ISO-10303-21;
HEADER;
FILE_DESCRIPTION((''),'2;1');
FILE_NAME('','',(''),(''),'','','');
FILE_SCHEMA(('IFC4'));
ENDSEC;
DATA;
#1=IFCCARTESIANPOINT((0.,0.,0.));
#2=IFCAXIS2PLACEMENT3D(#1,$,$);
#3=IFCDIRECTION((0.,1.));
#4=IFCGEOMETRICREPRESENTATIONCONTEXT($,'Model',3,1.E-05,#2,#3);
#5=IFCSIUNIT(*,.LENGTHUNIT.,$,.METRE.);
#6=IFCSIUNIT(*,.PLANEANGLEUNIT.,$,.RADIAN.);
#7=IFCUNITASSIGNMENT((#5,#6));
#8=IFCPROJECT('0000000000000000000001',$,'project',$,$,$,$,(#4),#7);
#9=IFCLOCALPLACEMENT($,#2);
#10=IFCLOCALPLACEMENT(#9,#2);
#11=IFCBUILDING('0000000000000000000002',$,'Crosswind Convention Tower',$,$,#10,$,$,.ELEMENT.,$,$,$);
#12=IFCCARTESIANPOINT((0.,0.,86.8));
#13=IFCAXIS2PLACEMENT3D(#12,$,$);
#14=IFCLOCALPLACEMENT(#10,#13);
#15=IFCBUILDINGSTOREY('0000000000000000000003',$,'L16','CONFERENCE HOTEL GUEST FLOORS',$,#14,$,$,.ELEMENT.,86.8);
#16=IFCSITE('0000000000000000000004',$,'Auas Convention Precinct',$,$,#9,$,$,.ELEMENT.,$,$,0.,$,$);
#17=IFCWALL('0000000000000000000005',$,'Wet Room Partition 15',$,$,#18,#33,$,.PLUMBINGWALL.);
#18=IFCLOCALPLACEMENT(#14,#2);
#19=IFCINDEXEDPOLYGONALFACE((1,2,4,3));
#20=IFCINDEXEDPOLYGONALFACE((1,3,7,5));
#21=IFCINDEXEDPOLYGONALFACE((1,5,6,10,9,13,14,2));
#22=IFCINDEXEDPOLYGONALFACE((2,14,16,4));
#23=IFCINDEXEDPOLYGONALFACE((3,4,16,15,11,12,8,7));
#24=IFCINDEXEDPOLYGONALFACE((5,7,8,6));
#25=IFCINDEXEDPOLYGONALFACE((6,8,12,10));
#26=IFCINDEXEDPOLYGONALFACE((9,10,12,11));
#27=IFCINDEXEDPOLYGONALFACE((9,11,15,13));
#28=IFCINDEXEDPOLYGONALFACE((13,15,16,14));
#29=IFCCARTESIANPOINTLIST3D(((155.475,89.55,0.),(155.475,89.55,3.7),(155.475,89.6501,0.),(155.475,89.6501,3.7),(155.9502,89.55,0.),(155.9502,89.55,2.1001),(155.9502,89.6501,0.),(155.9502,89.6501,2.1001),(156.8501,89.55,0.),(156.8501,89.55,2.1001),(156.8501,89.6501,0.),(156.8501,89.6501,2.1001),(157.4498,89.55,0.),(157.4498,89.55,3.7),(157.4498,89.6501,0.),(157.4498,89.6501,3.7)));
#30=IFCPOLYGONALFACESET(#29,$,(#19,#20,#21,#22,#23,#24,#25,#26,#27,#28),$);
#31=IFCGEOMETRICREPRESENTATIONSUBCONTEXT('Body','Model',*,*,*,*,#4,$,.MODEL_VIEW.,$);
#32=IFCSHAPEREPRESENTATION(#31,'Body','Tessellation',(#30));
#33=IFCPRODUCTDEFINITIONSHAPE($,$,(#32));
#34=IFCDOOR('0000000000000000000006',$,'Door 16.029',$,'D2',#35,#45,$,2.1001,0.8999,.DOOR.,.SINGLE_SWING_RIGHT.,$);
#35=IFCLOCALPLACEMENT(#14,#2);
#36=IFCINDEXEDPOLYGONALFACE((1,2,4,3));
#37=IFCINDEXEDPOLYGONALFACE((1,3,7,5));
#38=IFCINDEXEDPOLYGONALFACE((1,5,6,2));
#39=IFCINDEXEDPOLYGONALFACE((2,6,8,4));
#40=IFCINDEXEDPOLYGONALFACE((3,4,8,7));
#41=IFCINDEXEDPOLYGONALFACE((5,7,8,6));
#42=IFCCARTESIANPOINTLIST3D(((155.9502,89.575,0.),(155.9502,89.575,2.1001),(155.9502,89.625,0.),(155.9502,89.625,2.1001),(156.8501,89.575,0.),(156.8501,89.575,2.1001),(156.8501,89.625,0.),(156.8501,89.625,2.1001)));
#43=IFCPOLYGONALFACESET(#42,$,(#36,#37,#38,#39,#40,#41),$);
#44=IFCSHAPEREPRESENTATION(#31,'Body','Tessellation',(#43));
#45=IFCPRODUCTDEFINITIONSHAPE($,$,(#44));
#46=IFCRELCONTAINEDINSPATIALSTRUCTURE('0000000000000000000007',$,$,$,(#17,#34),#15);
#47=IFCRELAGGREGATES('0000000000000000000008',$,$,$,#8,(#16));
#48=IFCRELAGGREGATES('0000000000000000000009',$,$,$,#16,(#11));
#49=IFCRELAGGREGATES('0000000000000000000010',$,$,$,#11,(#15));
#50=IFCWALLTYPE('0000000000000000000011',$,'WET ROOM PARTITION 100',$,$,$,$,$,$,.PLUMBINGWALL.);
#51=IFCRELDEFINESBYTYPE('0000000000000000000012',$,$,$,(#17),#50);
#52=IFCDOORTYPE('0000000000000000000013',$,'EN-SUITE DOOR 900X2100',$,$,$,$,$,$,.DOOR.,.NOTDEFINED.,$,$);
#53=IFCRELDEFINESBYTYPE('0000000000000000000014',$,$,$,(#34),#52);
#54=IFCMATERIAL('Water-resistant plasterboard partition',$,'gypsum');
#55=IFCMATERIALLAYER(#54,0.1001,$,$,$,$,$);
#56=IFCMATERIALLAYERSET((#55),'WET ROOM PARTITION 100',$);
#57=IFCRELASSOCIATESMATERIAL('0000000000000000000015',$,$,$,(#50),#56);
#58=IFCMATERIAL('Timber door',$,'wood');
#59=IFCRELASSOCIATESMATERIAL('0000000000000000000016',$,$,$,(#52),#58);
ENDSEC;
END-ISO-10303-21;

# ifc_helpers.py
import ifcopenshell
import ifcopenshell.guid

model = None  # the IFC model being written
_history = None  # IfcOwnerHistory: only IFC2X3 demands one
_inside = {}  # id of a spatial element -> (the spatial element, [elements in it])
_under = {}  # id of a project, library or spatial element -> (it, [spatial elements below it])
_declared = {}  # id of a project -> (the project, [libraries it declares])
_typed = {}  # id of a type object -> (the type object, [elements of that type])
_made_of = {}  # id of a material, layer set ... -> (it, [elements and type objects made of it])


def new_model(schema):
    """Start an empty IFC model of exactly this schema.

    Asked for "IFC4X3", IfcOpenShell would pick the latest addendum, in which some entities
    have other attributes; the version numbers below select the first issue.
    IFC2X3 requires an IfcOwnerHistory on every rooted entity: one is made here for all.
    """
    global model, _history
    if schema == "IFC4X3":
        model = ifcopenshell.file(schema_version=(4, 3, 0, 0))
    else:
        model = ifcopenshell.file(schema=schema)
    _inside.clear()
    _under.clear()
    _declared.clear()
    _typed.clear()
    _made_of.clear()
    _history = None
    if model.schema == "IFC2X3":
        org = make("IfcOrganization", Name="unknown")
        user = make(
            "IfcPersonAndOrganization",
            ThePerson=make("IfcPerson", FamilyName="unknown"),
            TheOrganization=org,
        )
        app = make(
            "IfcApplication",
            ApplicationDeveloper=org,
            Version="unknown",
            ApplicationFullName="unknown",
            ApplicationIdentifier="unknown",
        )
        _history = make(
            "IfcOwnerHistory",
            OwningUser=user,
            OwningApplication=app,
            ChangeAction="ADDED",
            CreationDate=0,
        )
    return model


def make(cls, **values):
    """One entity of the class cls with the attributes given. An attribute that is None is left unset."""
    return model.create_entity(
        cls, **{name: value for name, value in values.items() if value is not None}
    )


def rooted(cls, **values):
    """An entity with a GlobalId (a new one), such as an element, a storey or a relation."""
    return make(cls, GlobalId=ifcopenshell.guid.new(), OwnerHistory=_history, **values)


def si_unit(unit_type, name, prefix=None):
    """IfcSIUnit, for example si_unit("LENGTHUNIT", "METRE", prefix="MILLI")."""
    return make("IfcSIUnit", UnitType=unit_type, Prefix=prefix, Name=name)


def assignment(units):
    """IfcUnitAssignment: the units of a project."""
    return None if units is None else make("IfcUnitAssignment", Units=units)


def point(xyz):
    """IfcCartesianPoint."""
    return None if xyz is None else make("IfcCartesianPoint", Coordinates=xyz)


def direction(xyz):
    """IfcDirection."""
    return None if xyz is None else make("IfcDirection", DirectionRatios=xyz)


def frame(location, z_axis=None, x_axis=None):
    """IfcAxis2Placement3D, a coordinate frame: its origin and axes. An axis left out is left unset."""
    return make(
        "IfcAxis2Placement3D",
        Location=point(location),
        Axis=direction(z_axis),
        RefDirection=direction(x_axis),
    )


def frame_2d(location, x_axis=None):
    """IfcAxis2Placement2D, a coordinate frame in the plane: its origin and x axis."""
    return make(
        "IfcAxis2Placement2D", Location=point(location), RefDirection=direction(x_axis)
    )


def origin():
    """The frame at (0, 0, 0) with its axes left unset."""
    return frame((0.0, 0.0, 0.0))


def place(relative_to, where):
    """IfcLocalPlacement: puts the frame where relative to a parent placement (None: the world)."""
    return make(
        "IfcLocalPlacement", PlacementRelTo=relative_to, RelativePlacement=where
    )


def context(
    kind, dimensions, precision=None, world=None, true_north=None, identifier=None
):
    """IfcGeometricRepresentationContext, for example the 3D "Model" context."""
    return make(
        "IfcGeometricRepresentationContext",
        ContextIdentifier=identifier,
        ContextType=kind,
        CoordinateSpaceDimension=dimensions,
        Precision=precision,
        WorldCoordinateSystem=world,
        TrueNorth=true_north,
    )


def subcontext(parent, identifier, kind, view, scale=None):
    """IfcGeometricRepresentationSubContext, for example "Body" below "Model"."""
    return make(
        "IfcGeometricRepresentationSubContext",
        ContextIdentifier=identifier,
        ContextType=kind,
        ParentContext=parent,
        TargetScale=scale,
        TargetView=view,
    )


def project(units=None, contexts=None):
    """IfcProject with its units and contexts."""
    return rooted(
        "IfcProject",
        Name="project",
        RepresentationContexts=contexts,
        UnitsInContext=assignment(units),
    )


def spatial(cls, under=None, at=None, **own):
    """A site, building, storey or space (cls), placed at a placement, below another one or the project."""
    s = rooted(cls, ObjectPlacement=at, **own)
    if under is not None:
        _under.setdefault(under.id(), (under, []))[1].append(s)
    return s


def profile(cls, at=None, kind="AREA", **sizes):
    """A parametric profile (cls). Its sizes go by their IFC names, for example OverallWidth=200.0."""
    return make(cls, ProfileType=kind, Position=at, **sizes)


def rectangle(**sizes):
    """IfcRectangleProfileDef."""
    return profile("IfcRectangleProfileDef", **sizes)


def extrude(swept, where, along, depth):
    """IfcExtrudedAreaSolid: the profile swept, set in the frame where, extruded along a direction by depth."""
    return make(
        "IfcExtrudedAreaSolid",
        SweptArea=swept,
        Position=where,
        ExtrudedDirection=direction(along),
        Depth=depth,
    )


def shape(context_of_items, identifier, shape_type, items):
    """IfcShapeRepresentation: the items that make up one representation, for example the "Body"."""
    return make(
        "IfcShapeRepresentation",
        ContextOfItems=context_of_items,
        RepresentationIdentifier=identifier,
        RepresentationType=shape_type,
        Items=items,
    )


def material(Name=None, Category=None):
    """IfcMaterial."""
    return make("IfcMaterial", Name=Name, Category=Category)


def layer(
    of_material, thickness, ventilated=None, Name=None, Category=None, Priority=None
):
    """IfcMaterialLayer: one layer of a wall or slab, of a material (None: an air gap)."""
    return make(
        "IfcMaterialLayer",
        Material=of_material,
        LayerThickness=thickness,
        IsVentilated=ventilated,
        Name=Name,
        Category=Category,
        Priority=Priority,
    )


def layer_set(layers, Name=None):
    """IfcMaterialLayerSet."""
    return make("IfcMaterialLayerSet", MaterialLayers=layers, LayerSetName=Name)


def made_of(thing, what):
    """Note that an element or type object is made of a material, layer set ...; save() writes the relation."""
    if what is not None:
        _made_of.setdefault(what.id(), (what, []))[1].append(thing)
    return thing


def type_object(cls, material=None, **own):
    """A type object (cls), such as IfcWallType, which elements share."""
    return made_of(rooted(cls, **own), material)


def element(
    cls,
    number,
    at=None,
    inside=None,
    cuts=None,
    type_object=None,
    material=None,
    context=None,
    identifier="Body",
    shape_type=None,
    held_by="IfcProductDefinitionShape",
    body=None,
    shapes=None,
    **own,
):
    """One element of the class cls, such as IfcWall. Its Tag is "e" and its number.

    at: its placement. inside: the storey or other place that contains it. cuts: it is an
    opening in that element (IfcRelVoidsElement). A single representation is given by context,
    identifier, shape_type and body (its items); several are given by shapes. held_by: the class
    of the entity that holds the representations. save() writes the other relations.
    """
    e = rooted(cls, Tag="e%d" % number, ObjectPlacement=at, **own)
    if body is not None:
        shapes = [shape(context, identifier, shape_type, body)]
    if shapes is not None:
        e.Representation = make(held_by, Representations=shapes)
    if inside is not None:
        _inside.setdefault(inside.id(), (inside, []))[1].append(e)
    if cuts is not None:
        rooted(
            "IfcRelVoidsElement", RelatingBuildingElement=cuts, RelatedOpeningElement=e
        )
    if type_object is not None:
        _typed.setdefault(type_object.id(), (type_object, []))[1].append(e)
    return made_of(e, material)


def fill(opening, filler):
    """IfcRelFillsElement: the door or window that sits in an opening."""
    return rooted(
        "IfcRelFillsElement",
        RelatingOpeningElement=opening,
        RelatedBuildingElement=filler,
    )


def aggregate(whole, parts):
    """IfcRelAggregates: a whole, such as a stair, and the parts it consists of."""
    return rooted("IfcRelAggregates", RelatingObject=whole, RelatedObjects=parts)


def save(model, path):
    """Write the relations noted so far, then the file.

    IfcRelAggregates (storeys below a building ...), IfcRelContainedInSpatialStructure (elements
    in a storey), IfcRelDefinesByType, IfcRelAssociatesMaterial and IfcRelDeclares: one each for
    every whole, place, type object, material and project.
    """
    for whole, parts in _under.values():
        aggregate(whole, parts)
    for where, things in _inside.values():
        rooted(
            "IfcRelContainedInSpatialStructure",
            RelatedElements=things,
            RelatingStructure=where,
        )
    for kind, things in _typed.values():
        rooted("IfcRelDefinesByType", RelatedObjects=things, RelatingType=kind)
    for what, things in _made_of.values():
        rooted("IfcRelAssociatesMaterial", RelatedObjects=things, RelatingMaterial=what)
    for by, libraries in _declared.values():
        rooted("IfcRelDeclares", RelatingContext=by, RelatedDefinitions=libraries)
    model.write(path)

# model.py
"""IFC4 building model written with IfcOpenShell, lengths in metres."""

from ifc_helpers import new_model, si_unit, direction, frame, frame_2d, origin, place, context, subcontext, project, spatial, rectangle, extrude, material, layer, layer_set, type_object, element, fill, save


model = new_model("IFC4")

# Units and contexts
model_context = context("Model", 3, precision=1e-05, world=origin(), true_north=direction((0.0, 1.0)))
body_context = subcontext(model_context, "Body", "Model", "MODEL_VIEW")
ifc_project = project(units=[si_unit("LENGTHUNIT", "METRE"), si_unit("PLANEANGLEUNIT", "RADIAN")], contexts=[model_context])

# Site, building, storey
site_placement = place(None, origin())
site = spatial("IfcSite", under=ifc_project, at=site_placement, Name="Auas Convention Precinct", CompositionType="ELEMENT", RefElevation=0.0)
building_placement = place(site_placement, origin())
building = spatial("IfcBuilding", under=site, at=building_placement, Name="Crosswind Convention Tower", CompositionType="ELEMENT")
storey_placement = place(building_placement, frame((0.0, 0.0, 86.8)))
storey = spatial("IfcBuildingStorey", under=building, at=storey_placement, Name="L16", Description="CONFERENCE HOTEL GUEST FLOORS", CompositionType="ELEMENT", Elevation=86.8)

# Wall, opening, door
ifc_material_1 = material(Name="Water-resistant plasterboard partition", Category="gypsum")
ifc_layer_1 = layer(ifc_material_1, 0.1001)
ifc_layer_set_1 = layer_set([ifc_layer_1], Name="WET ROOM PARTITION 100")
wall_type_1 = type_object("IfcWallType", Name="WET ROOM PARTITION 100", PredefinedType="PLUMBINGWALL", material=ifc_layer_set_1)
wall_1_placement = place(storey_placement, frame((155.4751, 89.6001, 0.0), z_axis=(0.0, 0.0, 1.0), x_axis=(1.0, 0.0, 0.0)))
wall_1 = element("IfcWall", 1, at=wall_1_placement, inside=storey, type_object=wall_type_1, Name="Wet Room Partition 15", PredefinedType="PLUMBINGWALL", context=body_context, shape_type="SweptSolid", body=[
    extrude(rectangle(XDim=1.9749, YDim=0.1001, at=frame_2d((0.9873, 0.0))), origin(), (0.0, 0.0, 1.0), 3.7),
])
opening_1_placement = place(wall_1_placement, frame((0.4751, 0.0, 0.0)))
opening_1 = element("IfcOpeningElement", 2, at=opening_1_placement, cuts=wall_1, PredefinedType="OPENING", context=body_context, shape_type="SweptSolid", body=[
    extrude(rectangle(XDim=0.8999, YDim=2.1001, at=frame_2d((0.45, 1.05))), frame((0.0, 0.0601, 0.0), z_axis=(0.0, -1.0, 0.0), x_axis=(1.0, 0.0, 0.0)), (0.0, 0.0, 1.0), 0.1201),
])
ifc_material_2 = material(Name="Timber door", Category="wood")
door_type_1 = type_object("IfcDoorType", Name="EN-SUITE DOOR 900X2100", OperationType="NOTDEFINED", PredefinedType="DOOR", material=ifc_material_2)
door_1_placement = place(opening_1_placement, origin())
door_1 = element("IfcDoor", 3, at=door_1_placement, inside=storey, type_object=door_type_1, Name="Door 16.029", ObjectType="D2", OperationType="SINGLE_SWING_RIGHT", OverallHeight=2.1001, OverallWidth=0.8999, PredefinedType="DOOR", context=body_context, shape_type="SweptSolid", body=[
    extrude(rectangle(XDim=0.8999, YDim=2.1001, at=frame_2d((0.45, 1.05))), frame((0.0, 0.0249, 0.0), z_axis=(0.0, -1.0, 0.0), x_axis=(1.0, 0.0, 0.0)), (0.0, 0.0, 1.0), 0.05),
])
fill(opening_1, door_1)

save(model, "model.ifc")
